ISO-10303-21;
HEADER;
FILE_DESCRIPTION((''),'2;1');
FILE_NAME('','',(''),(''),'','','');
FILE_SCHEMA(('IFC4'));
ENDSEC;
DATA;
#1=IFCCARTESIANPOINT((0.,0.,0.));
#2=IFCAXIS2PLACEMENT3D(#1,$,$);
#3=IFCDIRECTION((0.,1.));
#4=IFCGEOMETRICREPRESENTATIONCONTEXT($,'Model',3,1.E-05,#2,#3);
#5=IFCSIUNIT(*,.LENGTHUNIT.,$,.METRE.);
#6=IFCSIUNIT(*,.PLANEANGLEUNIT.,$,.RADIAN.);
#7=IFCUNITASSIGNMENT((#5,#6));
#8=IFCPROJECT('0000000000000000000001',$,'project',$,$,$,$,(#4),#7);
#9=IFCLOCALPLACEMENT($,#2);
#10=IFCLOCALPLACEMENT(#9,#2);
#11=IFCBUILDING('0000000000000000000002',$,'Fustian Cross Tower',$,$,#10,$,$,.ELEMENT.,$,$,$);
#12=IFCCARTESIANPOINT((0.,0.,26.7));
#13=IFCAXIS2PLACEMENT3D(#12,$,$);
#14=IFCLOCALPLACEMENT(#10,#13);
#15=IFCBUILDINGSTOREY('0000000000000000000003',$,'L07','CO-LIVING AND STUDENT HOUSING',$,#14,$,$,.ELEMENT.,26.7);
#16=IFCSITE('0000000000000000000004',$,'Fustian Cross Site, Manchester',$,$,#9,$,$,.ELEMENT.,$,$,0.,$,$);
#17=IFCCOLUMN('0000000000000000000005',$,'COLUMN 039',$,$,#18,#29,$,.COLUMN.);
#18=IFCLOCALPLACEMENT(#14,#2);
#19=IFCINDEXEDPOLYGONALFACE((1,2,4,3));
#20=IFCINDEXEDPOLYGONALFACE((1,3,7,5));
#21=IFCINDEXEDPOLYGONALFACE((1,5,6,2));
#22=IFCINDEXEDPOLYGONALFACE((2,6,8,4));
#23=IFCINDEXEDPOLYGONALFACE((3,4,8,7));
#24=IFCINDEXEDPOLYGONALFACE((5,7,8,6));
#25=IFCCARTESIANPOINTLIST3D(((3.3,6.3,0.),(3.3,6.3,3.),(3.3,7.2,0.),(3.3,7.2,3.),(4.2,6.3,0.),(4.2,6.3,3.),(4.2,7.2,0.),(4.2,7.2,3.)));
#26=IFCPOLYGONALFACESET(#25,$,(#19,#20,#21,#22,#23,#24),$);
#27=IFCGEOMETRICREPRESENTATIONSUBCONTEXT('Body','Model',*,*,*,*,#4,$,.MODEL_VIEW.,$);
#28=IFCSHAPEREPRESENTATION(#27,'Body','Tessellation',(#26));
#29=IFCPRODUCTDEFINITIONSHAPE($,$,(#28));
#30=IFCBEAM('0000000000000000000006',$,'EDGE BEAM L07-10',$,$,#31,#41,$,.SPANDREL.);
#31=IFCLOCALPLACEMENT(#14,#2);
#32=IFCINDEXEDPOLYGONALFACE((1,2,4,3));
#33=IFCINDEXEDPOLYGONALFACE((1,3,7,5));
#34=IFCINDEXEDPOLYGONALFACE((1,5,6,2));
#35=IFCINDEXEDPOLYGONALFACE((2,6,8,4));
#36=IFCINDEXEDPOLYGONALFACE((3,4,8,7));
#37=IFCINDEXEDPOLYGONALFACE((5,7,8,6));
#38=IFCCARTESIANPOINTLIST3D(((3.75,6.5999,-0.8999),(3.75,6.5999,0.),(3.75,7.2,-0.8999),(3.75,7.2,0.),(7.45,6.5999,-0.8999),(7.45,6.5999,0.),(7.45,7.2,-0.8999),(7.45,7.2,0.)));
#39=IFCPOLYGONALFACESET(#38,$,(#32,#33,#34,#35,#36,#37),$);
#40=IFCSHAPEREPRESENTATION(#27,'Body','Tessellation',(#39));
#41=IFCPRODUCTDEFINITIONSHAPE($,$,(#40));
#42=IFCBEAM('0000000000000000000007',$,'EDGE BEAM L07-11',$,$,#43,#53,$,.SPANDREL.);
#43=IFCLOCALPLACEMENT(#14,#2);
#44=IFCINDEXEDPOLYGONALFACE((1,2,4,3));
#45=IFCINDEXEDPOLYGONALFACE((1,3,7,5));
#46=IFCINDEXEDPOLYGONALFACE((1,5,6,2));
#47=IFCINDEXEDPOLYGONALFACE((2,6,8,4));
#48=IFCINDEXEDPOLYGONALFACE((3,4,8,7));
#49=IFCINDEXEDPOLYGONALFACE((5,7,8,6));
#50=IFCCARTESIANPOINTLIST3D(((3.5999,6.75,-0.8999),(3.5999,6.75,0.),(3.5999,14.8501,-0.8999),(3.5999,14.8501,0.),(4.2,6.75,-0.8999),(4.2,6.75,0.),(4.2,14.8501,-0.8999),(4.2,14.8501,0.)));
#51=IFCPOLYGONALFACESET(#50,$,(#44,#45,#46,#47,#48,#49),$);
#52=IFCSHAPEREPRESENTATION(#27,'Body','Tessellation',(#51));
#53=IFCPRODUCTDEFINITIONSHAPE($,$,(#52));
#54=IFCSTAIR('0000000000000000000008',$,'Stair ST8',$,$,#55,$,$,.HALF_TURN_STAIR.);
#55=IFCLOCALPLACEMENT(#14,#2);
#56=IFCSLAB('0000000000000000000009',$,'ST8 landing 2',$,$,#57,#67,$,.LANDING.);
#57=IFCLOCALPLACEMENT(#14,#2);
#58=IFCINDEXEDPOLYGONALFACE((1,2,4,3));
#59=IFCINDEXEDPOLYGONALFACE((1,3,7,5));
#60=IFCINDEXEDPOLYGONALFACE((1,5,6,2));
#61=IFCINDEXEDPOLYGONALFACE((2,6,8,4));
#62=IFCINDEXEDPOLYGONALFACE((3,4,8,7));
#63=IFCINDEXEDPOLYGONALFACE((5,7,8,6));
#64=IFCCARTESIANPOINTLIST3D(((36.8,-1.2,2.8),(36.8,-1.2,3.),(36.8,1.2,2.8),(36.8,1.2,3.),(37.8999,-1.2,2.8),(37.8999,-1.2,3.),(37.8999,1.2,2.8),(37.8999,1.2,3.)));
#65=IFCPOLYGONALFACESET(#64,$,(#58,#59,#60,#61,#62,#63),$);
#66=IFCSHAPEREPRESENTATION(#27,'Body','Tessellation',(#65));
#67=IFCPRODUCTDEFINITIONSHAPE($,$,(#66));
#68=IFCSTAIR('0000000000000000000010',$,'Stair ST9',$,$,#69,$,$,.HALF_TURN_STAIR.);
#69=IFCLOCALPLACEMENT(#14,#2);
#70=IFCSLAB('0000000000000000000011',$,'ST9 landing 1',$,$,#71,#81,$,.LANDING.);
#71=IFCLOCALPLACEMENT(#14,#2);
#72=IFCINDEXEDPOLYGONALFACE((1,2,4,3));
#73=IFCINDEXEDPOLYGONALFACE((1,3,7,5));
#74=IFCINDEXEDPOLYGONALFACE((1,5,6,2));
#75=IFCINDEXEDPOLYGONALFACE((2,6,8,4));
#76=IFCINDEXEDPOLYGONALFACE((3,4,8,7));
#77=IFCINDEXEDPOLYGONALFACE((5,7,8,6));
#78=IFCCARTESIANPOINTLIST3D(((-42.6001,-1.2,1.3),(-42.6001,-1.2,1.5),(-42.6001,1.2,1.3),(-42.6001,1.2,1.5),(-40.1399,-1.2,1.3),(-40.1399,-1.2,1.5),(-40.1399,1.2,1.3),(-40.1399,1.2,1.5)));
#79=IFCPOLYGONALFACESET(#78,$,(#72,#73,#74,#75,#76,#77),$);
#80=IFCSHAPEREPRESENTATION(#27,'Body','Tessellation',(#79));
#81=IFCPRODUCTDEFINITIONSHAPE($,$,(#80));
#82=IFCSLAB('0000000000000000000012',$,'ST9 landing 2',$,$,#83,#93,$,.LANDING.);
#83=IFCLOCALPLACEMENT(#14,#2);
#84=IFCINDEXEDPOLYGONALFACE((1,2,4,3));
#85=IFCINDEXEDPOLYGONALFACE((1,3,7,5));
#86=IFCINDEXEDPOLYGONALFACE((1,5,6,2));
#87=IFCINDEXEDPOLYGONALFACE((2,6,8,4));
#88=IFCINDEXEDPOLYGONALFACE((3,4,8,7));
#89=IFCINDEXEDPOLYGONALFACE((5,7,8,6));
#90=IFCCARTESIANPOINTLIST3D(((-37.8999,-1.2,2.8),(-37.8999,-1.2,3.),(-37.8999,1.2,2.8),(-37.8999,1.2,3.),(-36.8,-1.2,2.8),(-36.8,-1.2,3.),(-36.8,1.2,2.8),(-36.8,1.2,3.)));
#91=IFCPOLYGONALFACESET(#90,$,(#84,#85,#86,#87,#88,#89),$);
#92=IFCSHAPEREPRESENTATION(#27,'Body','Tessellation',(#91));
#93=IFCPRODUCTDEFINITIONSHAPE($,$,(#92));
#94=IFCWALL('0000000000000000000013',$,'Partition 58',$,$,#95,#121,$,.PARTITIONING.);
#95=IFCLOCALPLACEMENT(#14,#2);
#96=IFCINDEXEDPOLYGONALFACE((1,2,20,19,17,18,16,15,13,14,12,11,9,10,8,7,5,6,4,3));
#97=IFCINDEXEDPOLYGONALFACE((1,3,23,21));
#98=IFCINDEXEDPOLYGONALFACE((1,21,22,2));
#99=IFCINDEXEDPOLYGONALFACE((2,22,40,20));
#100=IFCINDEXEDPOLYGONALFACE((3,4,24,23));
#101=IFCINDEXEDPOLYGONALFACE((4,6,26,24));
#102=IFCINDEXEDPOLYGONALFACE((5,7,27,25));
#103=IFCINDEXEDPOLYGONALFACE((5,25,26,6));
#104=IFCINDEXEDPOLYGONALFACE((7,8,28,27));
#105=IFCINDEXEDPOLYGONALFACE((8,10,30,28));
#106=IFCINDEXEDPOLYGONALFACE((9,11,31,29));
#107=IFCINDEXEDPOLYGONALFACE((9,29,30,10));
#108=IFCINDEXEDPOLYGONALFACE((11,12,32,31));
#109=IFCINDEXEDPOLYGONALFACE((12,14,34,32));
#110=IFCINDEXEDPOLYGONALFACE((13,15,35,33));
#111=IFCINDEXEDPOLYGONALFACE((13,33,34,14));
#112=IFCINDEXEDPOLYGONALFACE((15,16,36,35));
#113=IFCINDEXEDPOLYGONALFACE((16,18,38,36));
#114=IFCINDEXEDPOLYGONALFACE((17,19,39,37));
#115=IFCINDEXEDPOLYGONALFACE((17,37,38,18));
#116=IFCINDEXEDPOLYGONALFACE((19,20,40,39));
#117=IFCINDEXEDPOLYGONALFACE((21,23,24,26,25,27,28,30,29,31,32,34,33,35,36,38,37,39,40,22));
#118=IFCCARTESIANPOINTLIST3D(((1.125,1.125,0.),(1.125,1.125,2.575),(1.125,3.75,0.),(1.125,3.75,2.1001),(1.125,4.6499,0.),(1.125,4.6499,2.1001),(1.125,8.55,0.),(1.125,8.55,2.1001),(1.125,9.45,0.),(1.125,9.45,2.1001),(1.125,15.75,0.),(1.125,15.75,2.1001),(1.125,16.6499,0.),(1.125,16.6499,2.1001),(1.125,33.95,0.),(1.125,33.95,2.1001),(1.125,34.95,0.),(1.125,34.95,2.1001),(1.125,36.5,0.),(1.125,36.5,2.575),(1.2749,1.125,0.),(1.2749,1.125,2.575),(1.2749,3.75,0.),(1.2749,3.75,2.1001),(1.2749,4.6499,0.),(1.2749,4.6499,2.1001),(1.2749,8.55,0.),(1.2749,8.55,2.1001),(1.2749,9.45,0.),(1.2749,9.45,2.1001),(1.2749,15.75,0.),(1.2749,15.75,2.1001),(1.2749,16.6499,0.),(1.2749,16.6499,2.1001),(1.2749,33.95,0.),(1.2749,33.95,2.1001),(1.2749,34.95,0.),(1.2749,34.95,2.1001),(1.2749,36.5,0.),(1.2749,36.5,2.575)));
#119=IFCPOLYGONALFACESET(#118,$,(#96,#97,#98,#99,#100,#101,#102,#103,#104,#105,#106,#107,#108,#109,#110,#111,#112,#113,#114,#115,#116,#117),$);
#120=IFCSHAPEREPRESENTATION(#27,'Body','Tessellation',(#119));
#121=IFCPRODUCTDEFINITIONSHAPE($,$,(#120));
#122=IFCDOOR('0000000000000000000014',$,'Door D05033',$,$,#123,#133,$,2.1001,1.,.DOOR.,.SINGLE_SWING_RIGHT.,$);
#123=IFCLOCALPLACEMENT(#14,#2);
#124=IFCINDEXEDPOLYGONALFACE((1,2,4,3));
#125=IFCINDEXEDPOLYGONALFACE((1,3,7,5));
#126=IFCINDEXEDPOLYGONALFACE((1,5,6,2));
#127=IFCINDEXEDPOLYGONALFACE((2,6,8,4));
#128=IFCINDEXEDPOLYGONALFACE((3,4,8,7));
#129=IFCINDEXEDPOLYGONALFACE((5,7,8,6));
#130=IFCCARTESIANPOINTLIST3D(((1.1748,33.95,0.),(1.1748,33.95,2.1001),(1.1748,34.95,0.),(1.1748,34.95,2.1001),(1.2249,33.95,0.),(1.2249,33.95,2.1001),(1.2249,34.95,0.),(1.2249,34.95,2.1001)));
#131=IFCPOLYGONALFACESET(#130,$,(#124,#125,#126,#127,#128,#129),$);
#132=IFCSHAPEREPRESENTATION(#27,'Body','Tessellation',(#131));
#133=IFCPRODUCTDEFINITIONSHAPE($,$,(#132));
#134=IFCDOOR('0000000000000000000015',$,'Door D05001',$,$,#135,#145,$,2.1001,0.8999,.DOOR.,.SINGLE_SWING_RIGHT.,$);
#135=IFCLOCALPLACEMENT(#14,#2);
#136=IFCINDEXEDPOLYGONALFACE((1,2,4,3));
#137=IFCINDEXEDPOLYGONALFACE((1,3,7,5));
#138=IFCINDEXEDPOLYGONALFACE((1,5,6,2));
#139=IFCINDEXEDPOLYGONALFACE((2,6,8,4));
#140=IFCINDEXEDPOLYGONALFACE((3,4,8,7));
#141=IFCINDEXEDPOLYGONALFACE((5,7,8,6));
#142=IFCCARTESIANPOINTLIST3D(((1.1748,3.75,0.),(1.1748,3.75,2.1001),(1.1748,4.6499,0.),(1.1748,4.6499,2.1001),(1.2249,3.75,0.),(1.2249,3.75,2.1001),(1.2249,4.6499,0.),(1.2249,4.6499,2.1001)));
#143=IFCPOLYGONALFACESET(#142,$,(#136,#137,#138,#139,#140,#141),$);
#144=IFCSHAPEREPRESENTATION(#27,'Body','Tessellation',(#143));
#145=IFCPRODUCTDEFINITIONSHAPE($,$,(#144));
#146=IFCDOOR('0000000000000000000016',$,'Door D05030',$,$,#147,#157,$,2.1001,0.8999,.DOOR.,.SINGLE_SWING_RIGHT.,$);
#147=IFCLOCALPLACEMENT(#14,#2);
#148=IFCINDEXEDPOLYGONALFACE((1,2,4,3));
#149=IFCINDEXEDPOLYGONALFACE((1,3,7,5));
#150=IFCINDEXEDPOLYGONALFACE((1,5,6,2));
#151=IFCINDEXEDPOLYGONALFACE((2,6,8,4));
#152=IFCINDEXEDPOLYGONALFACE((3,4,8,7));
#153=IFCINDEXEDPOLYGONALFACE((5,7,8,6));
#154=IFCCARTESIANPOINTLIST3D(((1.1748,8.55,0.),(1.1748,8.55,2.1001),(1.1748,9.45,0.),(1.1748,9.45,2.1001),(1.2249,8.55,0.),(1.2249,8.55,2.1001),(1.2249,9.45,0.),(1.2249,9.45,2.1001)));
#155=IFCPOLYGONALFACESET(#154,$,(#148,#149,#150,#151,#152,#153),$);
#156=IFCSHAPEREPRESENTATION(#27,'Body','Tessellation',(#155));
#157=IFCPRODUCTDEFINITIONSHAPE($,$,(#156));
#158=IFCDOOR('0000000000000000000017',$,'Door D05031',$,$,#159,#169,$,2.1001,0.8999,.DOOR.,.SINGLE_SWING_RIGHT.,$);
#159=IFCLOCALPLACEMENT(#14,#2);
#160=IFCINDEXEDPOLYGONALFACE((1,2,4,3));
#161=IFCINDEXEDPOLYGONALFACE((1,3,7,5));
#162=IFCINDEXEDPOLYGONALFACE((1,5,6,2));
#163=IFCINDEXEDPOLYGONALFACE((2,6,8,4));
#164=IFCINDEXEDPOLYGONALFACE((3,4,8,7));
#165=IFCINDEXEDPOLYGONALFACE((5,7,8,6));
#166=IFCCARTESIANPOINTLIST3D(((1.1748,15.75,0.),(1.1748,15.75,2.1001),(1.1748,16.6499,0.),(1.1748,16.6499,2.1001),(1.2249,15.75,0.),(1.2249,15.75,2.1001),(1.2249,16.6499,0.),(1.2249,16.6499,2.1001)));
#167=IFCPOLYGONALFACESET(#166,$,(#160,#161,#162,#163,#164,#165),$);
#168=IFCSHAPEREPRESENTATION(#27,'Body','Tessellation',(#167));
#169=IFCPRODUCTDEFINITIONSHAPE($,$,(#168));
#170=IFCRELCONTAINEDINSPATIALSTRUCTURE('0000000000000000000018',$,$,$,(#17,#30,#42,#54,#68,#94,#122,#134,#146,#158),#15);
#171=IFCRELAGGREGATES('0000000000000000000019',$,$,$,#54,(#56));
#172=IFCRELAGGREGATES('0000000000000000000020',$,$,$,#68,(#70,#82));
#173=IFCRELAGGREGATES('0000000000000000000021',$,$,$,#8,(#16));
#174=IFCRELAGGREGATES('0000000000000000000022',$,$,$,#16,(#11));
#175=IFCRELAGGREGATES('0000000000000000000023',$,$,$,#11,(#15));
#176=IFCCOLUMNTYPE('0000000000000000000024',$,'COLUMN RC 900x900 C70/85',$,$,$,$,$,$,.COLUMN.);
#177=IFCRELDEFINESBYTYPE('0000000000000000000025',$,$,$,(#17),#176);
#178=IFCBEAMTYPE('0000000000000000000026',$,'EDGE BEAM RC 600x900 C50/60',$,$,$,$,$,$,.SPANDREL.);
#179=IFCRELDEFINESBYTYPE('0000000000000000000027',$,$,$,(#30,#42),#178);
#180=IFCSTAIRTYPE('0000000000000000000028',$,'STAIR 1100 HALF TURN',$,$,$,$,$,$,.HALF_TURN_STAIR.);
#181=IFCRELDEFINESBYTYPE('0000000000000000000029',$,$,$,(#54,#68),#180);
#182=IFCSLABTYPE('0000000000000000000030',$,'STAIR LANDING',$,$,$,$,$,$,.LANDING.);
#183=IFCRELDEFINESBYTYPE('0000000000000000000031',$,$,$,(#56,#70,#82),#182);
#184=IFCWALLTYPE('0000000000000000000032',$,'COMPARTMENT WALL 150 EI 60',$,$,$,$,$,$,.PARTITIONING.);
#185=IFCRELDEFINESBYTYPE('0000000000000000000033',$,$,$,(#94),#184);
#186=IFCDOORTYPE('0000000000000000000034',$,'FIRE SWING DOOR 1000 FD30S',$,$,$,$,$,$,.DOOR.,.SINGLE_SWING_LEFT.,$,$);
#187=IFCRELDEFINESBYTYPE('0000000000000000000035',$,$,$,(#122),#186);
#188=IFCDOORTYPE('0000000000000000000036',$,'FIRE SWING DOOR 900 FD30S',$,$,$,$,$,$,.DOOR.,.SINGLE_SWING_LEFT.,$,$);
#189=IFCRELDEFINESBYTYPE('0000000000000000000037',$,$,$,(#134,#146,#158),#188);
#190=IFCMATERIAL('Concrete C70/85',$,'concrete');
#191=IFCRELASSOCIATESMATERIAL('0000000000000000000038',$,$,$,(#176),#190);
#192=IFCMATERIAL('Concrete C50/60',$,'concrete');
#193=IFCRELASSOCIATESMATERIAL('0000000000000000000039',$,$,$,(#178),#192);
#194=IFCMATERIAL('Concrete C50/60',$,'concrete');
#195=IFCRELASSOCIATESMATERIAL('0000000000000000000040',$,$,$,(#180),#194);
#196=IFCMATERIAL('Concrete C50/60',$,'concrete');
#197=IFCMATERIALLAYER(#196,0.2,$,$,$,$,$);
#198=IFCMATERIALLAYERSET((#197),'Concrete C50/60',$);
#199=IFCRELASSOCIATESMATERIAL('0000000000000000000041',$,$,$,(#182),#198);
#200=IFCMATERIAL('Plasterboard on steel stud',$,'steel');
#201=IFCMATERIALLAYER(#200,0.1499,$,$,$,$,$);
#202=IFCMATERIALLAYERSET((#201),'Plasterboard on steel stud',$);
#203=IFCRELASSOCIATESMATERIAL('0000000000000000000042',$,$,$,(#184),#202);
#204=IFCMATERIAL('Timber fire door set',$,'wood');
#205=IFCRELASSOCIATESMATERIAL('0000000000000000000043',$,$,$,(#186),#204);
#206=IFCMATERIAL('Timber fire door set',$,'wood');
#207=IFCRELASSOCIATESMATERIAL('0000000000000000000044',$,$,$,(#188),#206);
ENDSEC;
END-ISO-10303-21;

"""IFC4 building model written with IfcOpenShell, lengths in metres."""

from ifc_helpers import new_model, si_unit, direction, frame, frame_2d, origin, origin_2d, place, context, subcontext, project, spatial, polyline, rectangle, outline, extrude, material, layer, layer_set, material_profile, profile_set, type_object, element, fill, aggregate, save


model = new_model("IFC4")

# Units and contexts
model_context = context("Model", 3, precision=1e-05, world=origin(), true_north=direction((0.0, 1.0)))
body_context = subcontext(model_context, "Body", "Model", "MODEL_VIEW")
ifc_project = project(units=[si_unit("LENGTHUNIT", "METRE"), si_unit("PLANEANGLEUNIT", "RADIAN")], contexts=[model_context])

# Site, building, storey
site_placement = place(None, origin())
site = spatial("IfcSite", under=ifc_project, at=site_placement, Name="Fustian Cross Site, Manchester", CompositionType="ELEMENT", RefElevation=0.0)
building_placement = place(site_placement, origin())
building = spatial("IfcBuilding", under=site, at=building_placement, Name="Fustian Cross Tower", CompositionType="ELEMENT")
storey_placement = place(building_placement, frame((0.0, 0.0, 26.7)))
storey = spatial("IfcBuildingStorey", under=building, at=storey_placement, Name="L07", Description="CO-LIVING AND STUDENT HOUSING", CompositionType="ELEMENT", Elevation=26.7)

# Column
ifc_material_1 = material(Name="Concrete C70/85", Category="concrete")
ifc_material_profile_1 = material_profile(ifc_material_1, rectangle(XDim=0.8999, YDim=0.8999, at=origin_2d()), Name="RC 900x900")
ifc_profile_set_1 = profile_set([ifc_material_profile_1], Name="Concrete C70/85")
column_type = type_object("IfcColumnType", Name="COLUMN RC 900x900 C70/85", PredefinedType="COLUMN", material=ifc_profile_set_1)
column_placement = place(storey_placement, frame((3.75, 6.75, 0.0), z_axis=(0.0, 0.0, 1.0), x_axis=(1.0, 0.0, 0.0)))
element("IfcColumn", 1, at=column_placement, inside=storey, type_object=column_type, Name="COLUMN 039", PredefinedType="COLUMN", context=body_context, shape_type="SweptSolid", body=[
    extrude(rectangle(XDim=0.8999, YDim=0.8999, at=origin_2d()), origin(), (0.0, 0.0, 1.0), 3.0),
])

# Beams
ifc_material_2 = material(Name="Concrete C50/60", Category="concrete")
ifc_material_profile_2 = material_profile(ifc_material_2, rectangle(XDim=0.6001, YDim=0.8999, at=origin_2d()), Name="RC 600x900")
ifc_profile_set_2 = profile_set([ifc_material_profile_2], Name="Concrete C50/60")
beam_type = type_object("IfcBeamType", Name="EDGE BEAM RC 600x900 C50/60", PredefinedType="SPANDREL", material=ifc_profile_set_2)
beam_1_placement = place(storey_placement, frame((7.45, 6.8999, -0.45), z_axis=(-1.0, 0.0, 0.0), x_axis=(0.0, -1.0, 0.0)))
element("IfcBeam", 2, at=beam_1_placement, inside=storey, type_object=beam_type, Name="EDGE BEAM L07-10", PredefinedType="SPANDREL", context=body_context, shape_type="SweptSolid", body=[
    extrude(rectangle(XDim=0.6001, YDim=0.8999, at=origin_2d()), origin(), (0.0, 0.0, 1.0), 3.7),
])
beam_2_placement = place(storey_placement, frame((3.8999, 6.75, -0.45), z_axis=(0.0, 1.0, 0.0), x_axis=(-1.0, 0.0, 0.0)))
element("IfcBeam", 3, at=beam_2_placement, inside=storey, type_object=beam_type, Name="EDGE BEAM L07-11", PredefinedType="SPANDREL", context=body_context, shape_type="SweptSolid", body=[
    extrude(rectangle(XDim=0.6001, YDim=0.8999, at=origin_2d()), origin(), (0.0, 0.0, 1.0), 8.1001),
])

# Stair, slab
ifc_material_3 = material(Name="Concrete C50/60", Category="concrete")
stair_type = type_object("IfcStairType", Name="STAIR 1100 HALF TURN", PredefinedType="HALF_TURN_STAIR", material=ifc_material_3)
stair_1_placement = place(storey_placement, origin())
stair_1 = element("IfcStair", 4, at=stair_1_placement, inside=storey, type_object=stair_type, Name="Stair ST8", PredefinedType="HALF_TURN_STAIR")
ifc_material_4 = material(Name="Concrete C50/60", Category="concrete")
ifc_layer_1 = layer(ifc_material_4, 0.2)
ifc_layer_set_1 = layer_set([ifc_layer_1], Name="Concrete C50/60")
slab_type = type_object("IfcSlabType", Name="STAIR LANDING", PredefinedType="LANDING", material=ifc_layer_set_1)
slab_1_placement = place(storey_placement, frame((0.0, 0.0, 2.8)))
slab_1 = element("IfcSlab", 5, at=slab_1_placement, type_object=slab_type, Name="ST8 landing 2", PredefinedType="LANDING", context=body_context, shape_type="SweptSolid", body=[
    extrude(outline(polyline([(36.8, -1.2), (37.8999, -1.2), (37.8999, 1.2), (36.8, 1.2), (36.8, -1.2)])), origin(), (0.0, 0.0, 1.0), 0.2),
])
aggregate(stair_1, [slab_1])

# Stair, slabs
stair_2_placement = place(storey_placement, origin())
stair_2 = element("IfcStair", 6, at=stair_2_placement, inside=storey, type_object=stair_type, Name="Stair ST9", PredefinedType="HALF_TURN_STAIR")
slab_2_placement = place(storey_placement, frame((0.0, 0.0, 1.3)))
slab_2 = element("IfcSlab", 7, at=slab_2_placement, type_object=slab_type, Name="ST9 landing 1", PredefinedType="LANDING", context=body_context, shape_type="SweptSolid", body=[
    extrude(outline(polyline([(-40.1399, -1.2), (-42.6001, -1.2), (-42.6001, 1.2), (-40.1399, 1.2), (-40.1399, -1.2)])), origin(), (0.0, 0.0, 1.0), 0.2),
])
slab_3_placement = place(storey_placement, frame((0.0, 0.0, 2.8)))
slab_3 = element("IfcSlab", 8, at=slab_3_placement, type_object=slab_type, Name="ST9 landing 2", PredefinedType="LANDING", context=body_context, shape_type="SweptSolid", body=[
    extrude(outline(polyline([(-36.8, -1.2), (-37.8999, -1.2), (-37.8999, 1.2), (-36.8, 1.2), (-36.8, -1.2)])), origin(), (0.0, 0.0, 1.0), 0.2),
])
aggregate(stair_2, [slab_2, slab_3])

# Wall, openings, doors
ifc_material_5 = material(Name="Plasterboard on steel stud", Category="steel")
ifc_layer_2 = layer(ifc_material_5, 0.1499)
ifc_layer_set_2 = layer_set([ifc_layer_2], Name="Plasterboard on steel stud")
wall_type_1 = type_object("IfcWallType", Name="COMPARTMENT WALL 150 EI 60", PredefinedType="PARTITIONING", material=ifc_layer_set_2)
wall_1_placement = place(storey_placement, frame((1.2, 1.125, 0.0), z_axis=(0.0, 0.0, 1.0), x_axis=(0.0, 1.0, 0.0)))
wall_1 = element("IfcWall", 9, at=wall_1_placement, inside=storey, type_object=wall_type_1, Name="Partition 58", PredefinedType="PARTITIONING", context=body_context, shape_type="SweptSolid", body=[
    extrude(rectangle(XDim=35.375, YDim=0.1499, at=frame_2d((17.6875, 0.0))), origin(), (0.0, 0.0, 1.0), 2.575),
])
opening_1_placement = place(wall_1_placement, frame((2.625, 0.0, 0.0)))
opening_1 = element("IfcOpeningElement", 10, at=opening_1_placement, cuts=wall_1, PredefinedType="OPENING", context=body_context, shape_type="SweptSolid", body=[
    extrude(rectangle(XDim=0.8999, YDim=2.1001, at=frame_2d((0.45, 1.05))), frame((0.0, 0.085, 0.0), z_axis=(0.0, -1.0, 0.0), x_axis=(1.0, 0.0, 0.0)), (0.0, 0.0, 1.0), 0.1699),
])
opening_2_placement = place(wall_1_placement, frame((7.425, 0.0, 0.0)))
opening_2 = element("IfcOpeningElement", 11, at=opening_2_placement, cuts=wall_1, PredefinedType="OPENING", context=body_context, shape_type="SweptSolid", body=[
    extrude(rectangle(XDim=0.8999, YDim=2.1001, at=frame_2d((0.45, 1.05))), frame((0.0, 0.085, 0.0), z_axis=(0.0, -1.0, 0.0), x_axis=(1.0, 0.0, 0.0)), (0.0, 0.0, 1.0), 0.1699),
])
opening_3_placement = place(wall_1_placement, frame((14.625, 0.0, 0.0)))
opening_3 = element("IfcOpeningElement", 12, at=opening_3_placement, cuts=wall_1, PredefinedType="OPENING", context=body_context, shape_type="SweptSolid", body=[
    extrude(rectangle(XDim=0.8999, YDim=2.1001, at=frame_2d((0.45, 1.05))), frame((0.0, 0.085, 0.0), z_axis=(0.0, -1.0, 0.0), x_axis=(1.0, 0.0, 0.0)), (0.0, 0.0, 1.0), 0.1699),
])
opening_4_placement = place(wall_1_placement, frame((32.825, 0.0, 0.0)))
opening_4 = element("IfcOpeningElement", 13, at=opening_4_placement, cuts=wall_1, PredefinedType="OPENING", context=body_context, shape_type="SweptSolid", body=[
    extrude(rectangle(XDim=1.0, YDim=2.1001, at=frame_2d((0.5, 1.05))), frame((0.0, 0.085, 0.0), z_axis=(0.0, -1.0, 0.0), x_axis=(1.0, 0.0, 0.0)), (0.0, 0.0, 1.0), 0.1699),
])
ifc_material_6 = material(Name="Timber fire door set", Category="wood")
door_type_1 = type_object("IfcDoorType", Name="FIRE SWING DOOR 1000 FD30S", OperationType="SINGLE_SWING_LEFT", PredefinedType="DOOR", material=ifc_material_6)
door_1_placement = place(opening_4_placement, frame((1.0, 0.0, 0.0), z_axis=(0.0, 0.0, 1.0), x_axis=(-1.0, 0.0, 0.0)))
door_1 = element("IfcDoor", 14, at=door_1_placement, inside=storey, type_object=door_type_1, Name="Door D05033", OperationType="SINGLE_SWING_RIGHT", OverallHeight=2.1001, OverallWidth=1.0, PredefinedType="DOOR", context=body_context, shape_type="SweptSolid", body=[
    extrude(rectangle(XDim=1.0, YDim=2.1001, at=frame_2d((0.5, 1.05))), frame((0.0, 0.0249, 0.0), z_axis=(0.0, -1.0, 0.0), x_axis=(1.0, 0.0, 0.0)), (0.0, 0.0, 1.0), 0.05),
])
fill(opening_4, door_1)
ifc_material_7 = material(Name="Timber fire door set", Category="wood")
door_type_2 = type_object("IfcDoorType", Name="FIRE SWING DOOR 900 FD30S", OperationType="SINGLE_SWING_LEFT", PredefinedType="DOOR", material=ifc_material_7)
door_2_placement = place(opening_1_placement, frame((0.8999, 0.0, 0.0), z_axis=(0.0, 0.0, 1.0), x_axis=(-1.0, 0.0, 0.0)))
door_2 = element("IfcDoor", 15, at=door_2_placement, inside=storey, type_object=door_type_2, Name="Door D05001", OperationType="SINGLE_SWING_RIGHT", OverallHeight=2.1001, OverallWidth=0.8999, PredefinedType="DOOR", context=body_context, shape_type="SweptSolid", body=[
    extrude(rectangle(XDim=0.8999, YDim=2.1001, at=frame_2d((0.45, 1.05))), frame((0.0, 0.0249, 0.0), z_axis=(0.0, -1.0, 0.0), x_axis=(1.0, 0.0, 0.0)), (0.0, 0.0, 1.0), 0.05),
])
fill(opening_1, door_2)
door_3_placement = place(opening_2_placement, frame((0.8999, 0.0, 0.0), z_axis=(0.0, 0.0, 1.0), x_axis=(-1.0, 0.0, 0.0)))
door_3 = element("IfcDoor", 16, at=door_3_placement, inside=storey, type_object=door_type_2, Name="Door D05030", OperationType="SINGLE_SWING_RIGHT", OverallHeight=2.1001, OverallWidth=0.8999, PredefinedType="DOOR", context=body_context, shape_type="SweptSolid", body=[
    extrude(rectangle(XDim=0.8999, YDim=2.1001, at=frame_2d((0.45, 1.05))), frame((0.0, 0.0249, 0.0), z_axis=(0.0, -1.0, 0.0), x_axis=(1.0, 0.0, 0.0)), (0.0, 0.0, 1.0), 0.05),
])
fill(opening_2, door_3)
door_4_placement = place(opening_3_placement, frame((0.8999, 0.0, 0.0), z_axis=(0.0, 0.0, 1.0), x_axis=(-1.0, 0.0, 0.0)))
door_4 = element("IfcDoor", 17, at=door_4_placement, inside=storey, type_object=door_type_2, Name="Door D05031", OperationType="SINGLE_SWING_RIGHT", OverallHeight=2.1001, OverallWidth=0.8999, PredefinedType="DOOR", context=body_context, shape_type="SweptSolid", body=[
    extrude(rectangle(XDim=0.8999, YDim=2.1001, at=frame_2d((0.45, 1.05))), frame((0.0, 0.0249, 0.0), z_axis=(0.0, -1.0, 0.0), x_axis=(1.0, 0.0, 0.0)), (0.0, 0.0, 1.0), 0.05),
])
fill(opening_3, door_4)

save(model, "model.ifc")
